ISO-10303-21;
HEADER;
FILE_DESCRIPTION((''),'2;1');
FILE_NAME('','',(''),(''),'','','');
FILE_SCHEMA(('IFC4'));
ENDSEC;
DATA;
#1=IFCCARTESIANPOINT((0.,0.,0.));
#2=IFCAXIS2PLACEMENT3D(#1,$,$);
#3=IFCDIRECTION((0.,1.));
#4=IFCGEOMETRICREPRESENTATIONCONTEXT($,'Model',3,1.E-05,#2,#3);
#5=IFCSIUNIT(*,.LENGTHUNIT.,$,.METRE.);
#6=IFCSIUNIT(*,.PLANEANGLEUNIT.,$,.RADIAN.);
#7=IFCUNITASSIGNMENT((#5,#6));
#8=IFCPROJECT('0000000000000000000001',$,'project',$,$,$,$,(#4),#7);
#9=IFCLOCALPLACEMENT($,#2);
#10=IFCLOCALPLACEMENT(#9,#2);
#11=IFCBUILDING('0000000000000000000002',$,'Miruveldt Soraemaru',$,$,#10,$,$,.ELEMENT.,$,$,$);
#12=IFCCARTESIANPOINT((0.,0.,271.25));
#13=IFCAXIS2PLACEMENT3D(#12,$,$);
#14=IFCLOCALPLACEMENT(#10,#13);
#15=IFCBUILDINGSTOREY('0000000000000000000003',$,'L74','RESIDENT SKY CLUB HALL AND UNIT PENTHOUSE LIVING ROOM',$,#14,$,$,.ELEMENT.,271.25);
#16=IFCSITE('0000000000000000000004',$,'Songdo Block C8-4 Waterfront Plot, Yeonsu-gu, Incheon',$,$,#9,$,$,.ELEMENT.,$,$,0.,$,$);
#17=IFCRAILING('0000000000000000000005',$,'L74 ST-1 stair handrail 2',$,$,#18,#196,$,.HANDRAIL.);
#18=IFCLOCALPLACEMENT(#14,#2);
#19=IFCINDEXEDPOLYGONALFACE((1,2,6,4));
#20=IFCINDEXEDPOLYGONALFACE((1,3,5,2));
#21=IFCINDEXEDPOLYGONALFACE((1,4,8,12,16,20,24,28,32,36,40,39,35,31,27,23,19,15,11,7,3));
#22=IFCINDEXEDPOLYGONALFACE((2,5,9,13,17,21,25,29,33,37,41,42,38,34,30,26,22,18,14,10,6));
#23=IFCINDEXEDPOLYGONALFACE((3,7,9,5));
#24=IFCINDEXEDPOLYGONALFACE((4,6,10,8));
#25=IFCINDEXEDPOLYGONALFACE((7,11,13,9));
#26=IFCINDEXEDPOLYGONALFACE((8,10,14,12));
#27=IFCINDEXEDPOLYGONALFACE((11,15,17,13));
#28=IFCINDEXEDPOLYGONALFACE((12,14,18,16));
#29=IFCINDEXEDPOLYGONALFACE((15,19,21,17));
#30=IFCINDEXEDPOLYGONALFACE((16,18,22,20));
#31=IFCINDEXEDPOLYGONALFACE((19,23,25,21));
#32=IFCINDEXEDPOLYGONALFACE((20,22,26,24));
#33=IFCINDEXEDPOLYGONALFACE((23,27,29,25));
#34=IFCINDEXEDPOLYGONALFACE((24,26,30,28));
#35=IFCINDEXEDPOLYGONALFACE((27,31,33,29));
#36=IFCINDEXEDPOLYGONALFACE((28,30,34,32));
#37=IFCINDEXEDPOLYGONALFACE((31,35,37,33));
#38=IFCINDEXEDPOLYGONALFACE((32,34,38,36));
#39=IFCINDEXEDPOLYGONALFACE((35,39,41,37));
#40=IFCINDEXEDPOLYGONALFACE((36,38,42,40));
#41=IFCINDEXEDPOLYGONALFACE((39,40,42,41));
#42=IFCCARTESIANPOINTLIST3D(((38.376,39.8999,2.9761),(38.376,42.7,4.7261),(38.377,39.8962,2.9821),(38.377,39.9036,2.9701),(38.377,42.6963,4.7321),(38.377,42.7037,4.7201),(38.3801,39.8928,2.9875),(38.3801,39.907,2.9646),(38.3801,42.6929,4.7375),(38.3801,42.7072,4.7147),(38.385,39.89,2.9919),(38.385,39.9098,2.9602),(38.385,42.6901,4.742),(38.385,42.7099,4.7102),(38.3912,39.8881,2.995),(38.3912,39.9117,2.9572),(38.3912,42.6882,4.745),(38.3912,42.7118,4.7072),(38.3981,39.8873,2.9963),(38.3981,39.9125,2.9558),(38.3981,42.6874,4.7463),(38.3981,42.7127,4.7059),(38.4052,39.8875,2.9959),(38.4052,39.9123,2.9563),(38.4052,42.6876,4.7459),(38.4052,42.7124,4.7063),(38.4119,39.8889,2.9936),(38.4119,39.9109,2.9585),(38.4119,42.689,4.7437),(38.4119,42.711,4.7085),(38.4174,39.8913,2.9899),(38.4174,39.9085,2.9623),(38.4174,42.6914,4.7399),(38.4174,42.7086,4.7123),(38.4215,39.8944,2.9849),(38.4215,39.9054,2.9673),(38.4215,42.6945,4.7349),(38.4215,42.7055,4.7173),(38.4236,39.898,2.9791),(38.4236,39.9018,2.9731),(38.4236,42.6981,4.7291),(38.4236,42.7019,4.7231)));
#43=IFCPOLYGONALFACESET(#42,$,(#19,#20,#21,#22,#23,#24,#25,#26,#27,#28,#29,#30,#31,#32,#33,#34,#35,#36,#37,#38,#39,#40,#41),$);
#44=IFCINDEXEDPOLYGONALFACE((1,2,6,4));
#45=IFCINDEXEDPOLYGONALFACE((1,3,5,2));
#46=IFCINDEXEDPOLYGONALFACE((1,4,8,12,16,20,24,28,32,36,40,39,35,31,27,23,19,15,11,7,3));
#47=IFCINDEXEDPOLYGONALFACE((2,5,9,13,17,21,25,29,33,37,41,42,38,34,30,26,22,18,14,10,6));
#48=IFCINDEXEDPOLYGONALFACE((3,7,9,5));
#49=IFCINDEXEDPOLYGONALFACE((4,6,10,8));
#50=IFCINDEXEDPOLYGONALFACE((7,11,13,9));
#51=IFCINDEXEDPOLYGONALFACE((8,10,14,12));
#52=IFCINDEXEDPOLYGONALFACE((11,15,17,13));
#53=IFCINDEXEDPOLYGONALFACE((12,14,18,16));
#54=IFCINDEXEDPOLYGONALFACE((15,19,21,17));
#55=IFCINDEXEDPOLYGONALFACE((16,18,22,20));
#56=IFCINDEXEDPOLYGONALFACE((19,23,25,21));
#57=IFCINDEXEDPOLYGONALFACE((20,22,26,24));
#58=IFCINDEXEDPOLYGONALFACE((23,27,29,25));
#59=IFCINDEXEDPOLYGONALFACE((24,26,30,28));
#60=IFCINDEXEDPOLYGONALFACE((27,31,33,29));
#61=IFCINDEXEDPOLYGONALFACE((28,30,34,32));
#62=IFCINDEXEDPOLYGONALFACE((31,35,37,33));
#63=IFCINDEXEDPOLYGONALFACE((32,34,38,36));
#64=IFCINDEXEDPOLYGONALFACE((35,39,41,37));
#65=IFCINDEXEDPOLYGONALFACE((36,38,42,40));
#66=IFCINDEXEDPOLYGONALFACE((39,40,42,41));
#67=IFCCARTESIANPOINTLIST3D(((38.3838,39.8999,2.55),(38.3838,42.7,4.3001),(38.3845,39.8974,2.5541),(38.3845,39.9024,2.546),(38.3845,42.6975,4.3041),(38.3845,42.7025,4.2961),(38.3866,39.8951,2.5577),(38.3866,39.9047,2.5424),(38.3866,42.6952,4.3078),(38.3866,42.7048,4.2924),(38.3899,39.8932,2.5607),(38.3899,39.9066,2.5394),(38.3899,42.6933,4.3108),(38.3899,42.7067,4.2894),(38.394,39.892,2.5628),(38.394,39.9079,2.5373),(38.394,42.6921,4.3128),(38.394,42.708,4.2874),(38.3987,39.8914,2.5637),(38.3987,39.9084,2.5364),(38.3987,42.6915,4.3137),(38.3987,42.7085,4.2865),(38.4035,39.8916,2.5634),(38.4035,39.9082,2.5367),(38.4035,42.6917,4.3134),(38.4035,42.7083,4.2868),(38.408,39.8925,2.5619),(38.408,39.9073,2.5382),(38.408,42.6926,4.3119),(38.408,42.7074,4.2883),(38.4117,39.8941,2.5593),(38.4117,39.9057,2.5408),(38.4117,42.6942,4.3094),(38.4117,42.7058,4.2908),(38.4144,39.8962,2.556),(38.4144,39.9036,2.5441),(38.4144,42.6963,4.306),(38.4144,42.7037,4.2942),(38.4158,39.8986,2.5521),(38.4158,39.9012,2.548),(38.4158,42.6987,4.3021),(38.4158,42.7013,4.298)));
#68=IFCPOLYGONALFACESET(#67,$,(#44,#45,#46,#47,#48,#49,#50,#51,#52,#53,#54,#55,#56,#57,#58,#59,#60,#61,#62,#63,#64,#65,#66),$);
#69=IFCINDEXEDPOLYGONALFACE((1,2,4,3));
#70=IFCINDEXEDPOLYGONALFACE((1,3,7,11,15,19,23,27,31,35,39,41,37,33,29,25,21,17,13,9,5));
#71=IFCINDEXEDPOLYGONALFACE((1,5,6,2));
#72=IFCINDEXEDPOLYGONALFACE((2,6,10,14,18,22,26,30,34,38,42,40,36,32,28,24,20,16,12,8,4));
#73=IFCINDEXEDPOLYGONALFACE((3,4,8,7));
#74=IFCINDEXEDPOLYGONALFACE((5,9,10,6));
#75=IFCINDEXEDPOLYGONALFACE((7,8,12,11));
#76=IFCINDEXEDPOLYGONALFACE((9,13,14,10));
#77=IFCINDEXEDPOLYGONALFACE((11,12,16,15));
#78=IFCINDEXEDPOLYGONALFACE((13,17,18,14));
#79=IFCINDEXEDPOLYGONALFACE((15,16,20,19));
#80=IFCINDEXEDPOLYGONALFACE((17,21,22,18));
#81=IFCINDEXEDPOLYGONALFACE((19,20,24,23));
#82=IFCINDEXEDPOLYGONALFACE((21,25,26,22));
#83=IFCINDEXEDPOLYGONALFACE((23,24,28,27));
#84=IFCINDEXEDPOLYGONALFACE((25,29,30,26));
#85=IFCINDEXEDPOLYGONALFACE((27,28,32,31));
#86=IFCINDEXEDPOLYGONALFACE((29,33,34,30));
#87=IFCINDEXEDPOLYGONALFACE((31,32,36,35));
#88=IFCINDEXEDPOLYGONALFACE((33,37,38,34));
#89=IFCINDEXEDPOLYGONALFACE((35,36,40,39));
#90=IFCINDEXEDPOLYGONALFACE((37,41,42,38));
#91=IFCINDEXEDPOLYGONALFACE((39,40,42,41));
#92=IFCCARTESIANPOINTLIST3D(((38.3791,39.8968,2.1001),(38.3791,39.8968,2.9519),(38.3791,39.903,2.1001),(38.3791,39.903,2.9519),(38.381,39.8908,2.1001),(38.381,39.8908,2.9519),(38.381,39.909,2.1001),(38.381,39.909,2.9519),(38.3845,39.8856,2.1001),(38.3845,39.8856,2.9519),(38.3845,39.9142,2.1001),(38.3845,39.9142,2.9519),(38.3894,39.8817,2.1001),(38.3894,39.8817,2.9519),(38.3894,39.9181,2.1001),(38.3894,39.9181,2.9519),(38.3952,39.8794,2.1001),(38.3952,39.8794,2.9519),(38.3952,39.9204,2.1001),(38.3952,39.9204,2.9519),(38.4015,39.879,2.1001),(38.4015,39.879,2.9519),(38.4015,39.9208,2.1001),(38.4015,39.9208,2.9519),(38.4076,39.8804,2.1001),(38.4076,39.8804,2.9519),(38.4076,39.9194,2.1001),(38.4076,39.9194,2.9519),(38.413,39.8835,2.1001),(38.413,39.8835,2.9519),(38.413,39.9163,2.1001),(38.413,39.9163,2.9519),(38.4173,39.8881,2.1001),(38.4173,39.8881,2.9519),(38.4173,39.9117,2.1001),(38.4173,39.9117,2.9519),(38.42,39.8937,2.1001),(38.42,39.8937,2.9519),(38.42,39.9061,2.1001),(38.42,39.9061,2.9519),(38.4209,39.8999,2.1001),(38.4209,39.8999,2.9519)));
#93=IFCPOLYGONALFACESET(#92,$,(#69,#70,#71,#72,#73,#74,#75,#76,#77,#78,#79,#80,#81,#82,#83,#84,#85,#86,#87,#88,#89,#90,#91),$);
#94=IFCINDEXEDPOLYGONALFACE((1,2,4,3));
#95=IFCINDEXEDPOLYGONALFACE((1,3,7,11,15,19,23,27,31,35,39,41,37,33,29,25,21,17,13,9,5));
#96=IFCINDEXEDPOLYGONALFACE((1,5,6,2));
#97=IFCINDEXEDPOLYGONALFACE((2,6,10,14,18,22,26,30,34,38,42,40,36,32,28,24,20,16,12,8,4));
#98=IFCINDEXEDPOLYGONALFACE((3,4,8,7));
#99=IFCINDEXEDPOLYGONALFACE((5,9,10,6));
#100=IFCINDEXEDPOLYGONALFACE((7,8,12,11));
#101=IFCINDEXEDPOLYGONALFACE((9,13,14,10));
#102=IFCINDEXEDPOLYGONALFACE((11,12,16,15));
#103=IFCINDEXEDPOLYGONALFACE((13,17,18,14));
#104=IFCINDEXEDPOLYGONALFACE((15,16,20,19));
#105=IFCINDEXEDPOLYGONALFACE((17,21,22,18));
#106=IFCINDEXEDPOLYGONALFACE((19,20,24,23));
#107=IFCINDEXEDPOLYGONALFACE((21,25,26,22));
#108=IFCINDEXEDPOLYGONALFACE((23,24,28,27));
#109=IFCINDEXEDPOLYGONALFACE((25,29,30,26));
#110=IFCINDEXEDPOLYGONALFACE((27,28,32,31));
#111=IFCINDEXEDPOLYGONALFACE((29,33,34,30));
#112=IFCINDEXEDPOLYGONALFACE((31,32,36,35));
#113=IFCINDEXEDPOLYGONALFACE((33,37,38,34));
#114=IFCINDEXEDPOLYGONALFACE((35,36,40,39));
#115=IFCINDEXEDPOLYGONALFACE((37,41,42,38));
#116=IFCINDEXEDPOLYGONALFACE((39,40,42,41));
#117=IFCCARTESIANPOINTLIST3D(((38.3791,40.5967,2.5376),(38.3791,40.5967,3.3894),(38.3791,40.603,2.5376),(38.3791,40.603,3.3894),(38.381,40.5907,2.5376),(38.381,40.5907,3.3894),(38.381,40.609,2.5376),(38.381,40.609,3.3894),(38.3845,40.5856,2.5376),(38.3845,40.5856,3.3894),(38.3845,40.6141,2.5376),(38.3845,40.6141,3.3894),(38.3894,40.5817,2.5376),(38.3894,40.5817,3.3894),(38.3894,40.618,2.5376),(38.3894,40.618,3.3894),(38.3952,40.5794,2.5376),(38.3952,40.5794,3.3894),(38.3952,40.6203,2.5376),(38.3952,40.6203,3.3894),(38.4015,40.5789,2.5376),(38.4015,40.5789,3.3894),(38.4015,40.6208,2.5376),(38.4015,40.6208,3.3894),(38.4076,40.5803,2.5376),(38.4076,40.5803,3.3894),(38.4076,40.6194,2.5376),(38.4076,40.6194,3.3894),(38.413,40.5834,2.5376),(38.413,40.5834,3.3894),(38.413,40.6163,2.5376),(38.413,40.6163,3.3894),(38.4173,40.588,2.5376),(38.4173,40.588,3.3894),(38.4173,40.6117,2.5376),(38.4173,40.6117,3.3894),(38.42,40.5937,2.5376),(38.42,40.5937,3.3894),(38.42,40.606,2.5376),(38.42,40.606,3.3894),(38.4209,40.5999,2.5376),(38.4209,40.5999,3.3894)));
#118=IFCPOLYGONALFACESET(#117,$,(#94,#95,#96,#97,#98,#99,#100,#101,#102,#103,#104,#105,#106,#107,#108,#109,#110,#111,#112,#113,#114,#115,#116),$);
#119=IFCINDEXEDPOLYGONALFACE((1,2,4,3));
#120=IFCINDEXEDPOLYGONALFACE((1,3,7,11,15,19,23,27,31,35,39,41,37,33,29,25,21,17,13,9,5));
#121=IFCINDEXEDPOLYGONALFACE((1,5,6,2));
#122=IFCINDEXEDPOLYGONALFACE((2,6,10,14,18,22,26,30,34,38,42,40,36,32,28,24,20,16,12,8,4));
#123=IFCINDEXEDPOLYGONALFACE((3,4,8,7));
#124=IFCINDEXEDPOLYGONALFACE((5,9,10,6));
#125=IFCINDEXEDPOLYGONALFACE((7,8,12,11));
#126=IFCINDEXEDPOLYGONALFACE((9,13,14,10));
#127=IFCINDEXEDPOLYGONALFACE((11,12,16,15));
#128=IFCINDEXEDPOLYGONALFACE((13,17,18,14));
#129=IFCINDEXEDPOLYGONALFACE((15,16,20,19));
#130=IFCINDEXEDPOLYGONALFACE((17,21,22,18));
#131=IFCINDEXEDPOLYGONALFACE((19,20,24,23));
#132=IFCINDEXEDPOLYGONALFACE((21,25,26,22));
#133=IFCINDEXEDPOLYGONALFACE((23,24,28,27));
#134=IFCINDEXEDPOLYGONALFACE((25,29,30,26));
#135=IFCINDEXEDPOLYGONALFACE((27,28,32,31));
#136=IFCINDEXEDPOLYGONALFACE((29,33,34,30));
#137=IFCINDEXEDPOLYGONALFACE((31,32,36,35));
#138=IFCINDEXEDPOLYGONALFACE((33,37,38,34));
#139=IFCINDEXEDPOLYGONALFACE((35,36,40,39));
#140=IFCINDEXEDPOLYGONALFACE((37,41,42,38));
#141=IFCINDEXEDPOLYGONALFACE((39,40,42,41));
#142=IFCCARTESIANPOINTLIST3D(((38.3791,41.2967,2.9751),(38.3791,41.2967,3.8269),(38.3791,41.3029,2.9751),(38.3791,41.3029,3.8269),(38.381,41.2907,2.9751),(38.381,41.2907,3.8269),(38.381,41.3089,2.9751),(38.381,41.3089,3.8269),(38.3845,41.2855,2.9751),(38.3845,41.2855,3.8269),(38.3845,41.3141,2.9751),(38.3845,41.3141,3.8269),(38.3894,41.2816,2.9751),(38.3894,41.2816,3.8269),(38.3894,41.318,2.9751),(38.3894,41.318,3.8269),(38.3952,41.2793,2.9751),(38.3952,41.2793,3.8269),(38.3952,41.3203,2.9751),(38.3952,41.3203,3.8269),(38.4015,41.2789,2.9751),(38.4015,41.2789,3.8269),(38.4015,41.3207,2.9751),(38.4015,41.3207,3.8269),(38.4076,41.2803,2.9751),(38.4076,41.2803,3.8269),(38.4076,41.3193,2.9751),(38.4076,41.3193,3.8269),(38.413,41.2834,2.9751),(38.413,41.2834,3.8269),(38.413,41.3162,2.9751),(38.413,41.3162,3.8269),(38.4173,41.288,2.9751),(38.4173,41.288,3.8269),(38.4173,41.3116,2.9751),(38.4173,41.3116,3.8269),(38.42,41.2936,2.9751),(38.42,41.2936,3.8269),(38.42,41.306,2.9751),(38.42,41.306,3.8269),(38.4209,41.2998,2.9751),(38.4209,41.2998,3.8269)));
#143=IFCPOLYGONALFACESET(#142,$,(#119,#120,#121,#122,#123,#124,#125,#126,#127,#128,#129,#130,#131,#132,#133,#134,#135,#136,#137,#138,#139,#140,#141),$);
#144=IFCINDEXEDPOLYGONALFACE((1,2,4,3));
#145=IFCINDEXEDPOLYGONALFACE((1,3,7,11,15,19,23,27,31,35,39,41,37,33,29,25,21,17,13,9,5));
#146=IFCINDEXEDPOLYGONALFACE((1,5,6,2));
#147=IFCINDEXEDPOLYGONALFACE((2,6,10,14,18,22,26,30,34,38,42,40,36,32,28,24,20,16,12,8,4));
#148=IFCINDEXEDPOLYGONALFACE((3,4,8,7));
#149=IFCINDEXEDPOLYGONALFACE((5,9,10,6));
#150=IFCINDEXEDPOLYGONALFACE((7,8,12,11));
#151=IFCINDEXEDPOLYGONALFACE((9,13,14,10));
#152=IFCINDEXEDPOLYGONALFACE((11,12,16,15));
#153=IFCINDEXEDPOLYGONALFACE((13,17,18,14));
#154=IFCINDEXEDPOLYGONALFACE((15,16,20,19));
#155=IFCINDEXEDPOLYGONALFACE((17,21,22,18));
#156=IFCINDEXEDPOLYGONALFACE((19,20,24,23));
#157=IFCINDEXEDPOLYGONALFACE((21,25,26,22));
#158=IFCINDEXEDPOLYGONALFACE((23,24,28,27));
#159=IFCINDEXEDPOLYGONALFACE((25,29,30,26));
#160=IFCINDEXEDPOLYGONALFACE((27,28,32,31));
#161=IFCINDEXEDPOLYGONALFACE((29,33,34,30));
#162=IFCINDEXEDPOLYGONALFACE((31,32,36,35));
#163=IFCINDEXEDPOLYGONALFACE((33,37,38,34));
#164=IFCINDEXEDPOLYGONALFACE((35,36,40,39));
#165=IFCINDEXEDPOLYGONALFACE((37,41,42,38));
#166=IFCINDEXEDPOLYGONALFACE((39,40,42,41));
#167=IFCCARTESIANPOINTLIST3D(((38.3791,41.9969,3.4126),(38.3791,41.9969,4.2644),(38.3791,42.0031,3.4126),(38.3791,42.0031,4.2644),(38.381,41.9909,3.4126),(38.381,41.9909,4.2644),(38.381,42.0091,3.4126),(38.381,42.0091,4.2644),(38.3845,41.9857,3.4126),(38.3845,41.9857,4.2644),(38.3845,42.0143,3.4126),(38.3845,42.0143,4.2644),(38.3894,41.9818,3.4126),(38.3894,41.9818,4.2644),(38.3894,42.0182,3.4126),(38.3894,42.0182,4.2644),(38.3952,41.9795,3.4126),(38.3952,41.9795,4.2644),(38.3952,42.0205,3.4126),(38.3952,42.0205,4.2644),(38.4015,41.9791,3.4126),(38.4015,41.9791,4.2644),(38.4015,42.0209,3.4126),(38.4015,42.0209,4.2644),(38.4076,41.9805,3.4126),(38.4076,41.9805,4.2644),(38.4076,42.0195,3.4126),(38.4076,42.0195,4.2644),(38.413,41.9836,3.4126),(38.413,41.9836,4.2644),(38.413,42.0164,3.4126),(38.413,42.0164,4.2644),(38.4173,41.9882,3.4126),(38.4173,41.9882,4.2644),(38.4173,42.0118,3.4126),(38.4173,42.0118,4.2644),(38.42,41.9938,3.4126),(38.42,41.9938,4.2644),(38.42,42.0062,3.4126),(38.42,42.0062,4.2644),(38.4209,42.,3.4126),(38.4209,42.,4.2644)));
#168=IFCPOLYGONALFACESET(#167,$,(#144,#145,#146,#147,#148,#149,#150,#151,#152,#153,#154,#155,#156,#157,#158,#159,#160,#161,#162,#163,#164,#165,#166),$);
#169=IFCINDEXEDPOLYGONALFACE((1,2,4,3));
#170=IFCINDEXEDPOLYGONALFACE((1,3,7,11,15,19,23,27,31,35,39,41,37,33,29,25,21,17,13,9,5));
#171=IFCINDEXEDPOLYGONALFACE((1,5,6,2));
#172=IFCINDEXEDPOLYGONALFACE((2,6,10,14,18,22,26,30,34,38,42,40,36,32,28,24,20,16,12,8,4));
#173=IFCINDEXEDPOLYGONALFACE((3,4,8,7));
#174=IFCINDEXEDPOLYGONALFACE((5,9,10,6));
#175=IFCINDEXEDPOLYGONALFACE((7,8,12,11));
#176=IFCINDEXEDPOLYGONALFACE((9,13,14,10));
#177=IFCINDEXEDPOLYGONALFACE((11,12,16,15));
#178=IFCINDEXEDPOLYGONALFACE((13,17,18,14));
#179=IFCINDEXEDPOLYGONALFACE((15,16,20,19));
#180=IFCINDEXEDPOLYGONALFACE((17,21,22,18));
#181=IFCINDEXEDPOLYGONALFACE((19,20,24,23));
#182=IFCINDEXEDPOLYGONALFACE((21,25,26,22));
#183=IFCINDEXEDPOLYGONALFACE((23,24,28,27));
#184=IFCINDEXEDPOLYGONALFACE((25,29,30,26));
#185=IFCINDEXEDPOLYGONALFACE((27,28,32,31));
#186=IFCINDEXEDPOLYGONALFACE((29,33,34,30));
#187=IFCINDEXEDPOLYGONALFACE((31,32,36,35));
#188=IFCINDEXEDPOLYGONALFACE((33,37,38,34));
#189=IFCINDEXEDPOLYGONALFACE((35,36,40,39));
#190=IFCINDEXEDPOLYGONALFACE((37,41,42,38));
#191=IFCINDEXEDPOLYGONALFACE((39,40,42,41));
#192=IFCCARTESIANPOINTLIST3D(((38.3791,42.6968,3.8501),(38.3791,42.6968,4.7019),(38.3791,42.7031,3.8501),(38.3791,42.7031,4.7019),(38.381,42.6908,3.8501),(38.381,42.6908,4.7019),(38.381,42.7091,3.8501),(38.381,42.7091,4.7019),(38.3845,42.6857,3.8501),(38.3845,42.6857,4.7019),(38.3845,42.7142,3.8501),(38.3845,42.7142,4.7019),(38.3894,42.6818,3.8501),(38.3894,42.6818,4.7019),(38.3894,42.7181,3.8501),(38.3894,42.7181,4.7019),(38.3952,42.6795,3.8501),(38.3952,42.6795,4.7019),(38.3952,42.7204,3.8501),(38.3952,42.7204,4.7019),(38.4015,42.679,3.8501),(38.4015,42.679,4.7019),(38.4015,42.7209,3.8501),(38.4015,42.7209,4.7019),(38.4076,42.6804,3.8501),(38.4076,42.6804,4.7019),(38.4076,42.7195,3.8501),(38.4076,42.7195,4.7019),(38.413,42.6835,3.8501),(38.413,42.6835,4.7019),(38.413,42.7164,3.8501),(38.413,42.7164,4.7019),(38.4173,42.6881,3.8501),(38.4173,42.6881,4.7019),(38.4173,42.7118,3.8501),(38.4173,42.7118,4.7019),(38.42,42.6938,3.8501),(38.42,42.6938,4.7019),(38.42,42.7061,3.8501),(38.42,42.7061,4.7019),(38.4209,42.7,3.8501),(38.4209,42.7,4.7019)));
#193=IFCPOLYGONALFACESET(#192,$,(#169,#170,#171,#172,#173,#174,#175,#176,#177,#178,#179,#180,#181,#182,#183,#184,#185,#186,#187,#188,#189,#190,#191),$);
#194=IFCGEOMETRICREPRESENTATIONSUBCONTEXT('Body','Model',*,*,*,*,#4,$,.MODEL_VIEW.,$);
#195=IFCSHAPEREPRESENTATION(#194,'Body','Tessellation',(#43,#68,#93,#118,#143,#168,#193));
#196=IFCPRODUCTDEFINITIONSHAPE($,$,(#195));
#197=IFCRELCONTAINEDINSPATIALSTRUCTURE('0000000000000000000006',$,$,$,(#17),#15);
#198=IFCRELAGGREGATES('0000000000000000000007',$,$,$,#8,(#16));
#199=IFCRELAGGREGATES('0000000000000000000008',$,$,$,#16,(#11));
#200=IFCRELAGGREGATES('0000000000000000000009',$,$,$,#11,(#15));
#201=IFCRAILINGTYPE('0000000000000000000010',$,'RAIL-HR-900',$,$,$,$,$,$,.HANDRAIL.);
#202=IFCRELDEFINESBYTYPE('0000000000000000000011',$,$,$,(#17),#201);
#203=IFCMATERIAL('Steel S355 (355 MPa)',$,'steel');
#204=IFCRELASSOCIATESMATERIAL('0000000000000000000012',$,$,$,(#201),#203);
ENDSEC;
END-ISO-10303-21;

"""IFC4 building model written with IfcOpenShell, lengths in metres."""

from ifc_helpers import new_model, si_unit, direction, frame, origin, origin_2d, place, context, subcontext, project, spatial, circle, extrude, material, type_object, element, save


model = new_model("IFC4")

# Units and contexts
model_context = context("Model", 3, precision=1e-05, world=origin(), true_north=direction((0.0, 1.0)))
body_context = subcontext(model_context, "Body", "Model", "MODEL_VIEW")
ifc_project = project(units=[si_unit("LENGTHUNIT", "METRE"), si_unit("PLANEANGLEUNIT", "RADIAN")], contexts=[model_context])

# Site, building, storey
site_placement = place(None, origin())
site = spatial("IfcSite", under=ifc_project, at=site_placement, Name="Songdo Block C8-4 Waterfront Plot, Yeonsu-gu, Incheon", CompositionType="ELEMENT", RefElevation=0.0)
building_placement = place(site_placement, origin())
building = spatial("IfcBuilding", under=site, at=building_placement, Name="Miruveldt Soraemaru", CompositionType="ELEMENT")
storey_placement = place(building_placement, frame((0.0, 0.0, 271.25)))
storey = spatial("IfcBuildingStorey", under=building, at=storey_placement, Name="L74", Description="RESIDENT SKY CLUB HALL AND UNIT PENTHOUSE LIVING ROOM", CompositionType="ELEMENT", Elevation=271.25)

# Railing
ifc_material_1 = material(Name="Steel S355 (355 MPa)", Category="steel")
railing_type_1 = type_object("IfcRailingType", Name="RAIL-HR-900", PredefinedType="HANDRAIL", material=ifc_material_1)
railing_1_placement = place(storey_placement, frame((38.3999, 39.8999, 2.1001)))
element("IfcRailing", 1, at=railing_1_placement, inside=storey, type_object=railing_type_1, Name="L74 ST-1 stair handrail 2", PredefinedType="HANDRAIL", context=body_context, shape_type="SweptSolid", body=[
    extrude(circle(Radius=0.0239, at=origin_2d()), frame((0.0, 0.0, 0.876), z_axis=(0.0, 0.848002, 0.529992), x_axis=(-1.0, 0.0, 0.0)), (0.0, 0.0, 1.0), 3.302),
    extrude(circle(Radius=0.0161, at=origin_2d()), frame((0.0, 0.0, 0.45), z_axis=(0.0, 0.848002, 0.529992), x_axis=(-1.0, 0.0, 0.0)), (0.0, 0.0, 1.0), 3.302),
    extrude(circle(Radius=0.021, at=origin_2d()), origin(), (0.0, 0.0, 1.0), 0.8518),
    extrude(circle(Radius=0.021, at=origin_2d()), frame((0.0, 0.7, 0.4375)), (0.0, 0.0, 1.0), 0.8518),
    extrude(circle(Radius=0.021, at=origin_2d()), frame((0.0, 1.3999, 0.875)), (0.0, 0.0, 1.0), 0.8518),
    extrude(circle(Radius=0.021, at=origin_2d()), frame((0.0, 2.1001, 1.3125)), (0.0, 0.0, 1.0), 0.8518),
    extrude(circle(Radius=0.021, at=origin_2d()), frame((0.0, 2.8, 1.75)), (0.0, 0.0, 1.0), 0.8518),
])

save(model, "model.ifc")
